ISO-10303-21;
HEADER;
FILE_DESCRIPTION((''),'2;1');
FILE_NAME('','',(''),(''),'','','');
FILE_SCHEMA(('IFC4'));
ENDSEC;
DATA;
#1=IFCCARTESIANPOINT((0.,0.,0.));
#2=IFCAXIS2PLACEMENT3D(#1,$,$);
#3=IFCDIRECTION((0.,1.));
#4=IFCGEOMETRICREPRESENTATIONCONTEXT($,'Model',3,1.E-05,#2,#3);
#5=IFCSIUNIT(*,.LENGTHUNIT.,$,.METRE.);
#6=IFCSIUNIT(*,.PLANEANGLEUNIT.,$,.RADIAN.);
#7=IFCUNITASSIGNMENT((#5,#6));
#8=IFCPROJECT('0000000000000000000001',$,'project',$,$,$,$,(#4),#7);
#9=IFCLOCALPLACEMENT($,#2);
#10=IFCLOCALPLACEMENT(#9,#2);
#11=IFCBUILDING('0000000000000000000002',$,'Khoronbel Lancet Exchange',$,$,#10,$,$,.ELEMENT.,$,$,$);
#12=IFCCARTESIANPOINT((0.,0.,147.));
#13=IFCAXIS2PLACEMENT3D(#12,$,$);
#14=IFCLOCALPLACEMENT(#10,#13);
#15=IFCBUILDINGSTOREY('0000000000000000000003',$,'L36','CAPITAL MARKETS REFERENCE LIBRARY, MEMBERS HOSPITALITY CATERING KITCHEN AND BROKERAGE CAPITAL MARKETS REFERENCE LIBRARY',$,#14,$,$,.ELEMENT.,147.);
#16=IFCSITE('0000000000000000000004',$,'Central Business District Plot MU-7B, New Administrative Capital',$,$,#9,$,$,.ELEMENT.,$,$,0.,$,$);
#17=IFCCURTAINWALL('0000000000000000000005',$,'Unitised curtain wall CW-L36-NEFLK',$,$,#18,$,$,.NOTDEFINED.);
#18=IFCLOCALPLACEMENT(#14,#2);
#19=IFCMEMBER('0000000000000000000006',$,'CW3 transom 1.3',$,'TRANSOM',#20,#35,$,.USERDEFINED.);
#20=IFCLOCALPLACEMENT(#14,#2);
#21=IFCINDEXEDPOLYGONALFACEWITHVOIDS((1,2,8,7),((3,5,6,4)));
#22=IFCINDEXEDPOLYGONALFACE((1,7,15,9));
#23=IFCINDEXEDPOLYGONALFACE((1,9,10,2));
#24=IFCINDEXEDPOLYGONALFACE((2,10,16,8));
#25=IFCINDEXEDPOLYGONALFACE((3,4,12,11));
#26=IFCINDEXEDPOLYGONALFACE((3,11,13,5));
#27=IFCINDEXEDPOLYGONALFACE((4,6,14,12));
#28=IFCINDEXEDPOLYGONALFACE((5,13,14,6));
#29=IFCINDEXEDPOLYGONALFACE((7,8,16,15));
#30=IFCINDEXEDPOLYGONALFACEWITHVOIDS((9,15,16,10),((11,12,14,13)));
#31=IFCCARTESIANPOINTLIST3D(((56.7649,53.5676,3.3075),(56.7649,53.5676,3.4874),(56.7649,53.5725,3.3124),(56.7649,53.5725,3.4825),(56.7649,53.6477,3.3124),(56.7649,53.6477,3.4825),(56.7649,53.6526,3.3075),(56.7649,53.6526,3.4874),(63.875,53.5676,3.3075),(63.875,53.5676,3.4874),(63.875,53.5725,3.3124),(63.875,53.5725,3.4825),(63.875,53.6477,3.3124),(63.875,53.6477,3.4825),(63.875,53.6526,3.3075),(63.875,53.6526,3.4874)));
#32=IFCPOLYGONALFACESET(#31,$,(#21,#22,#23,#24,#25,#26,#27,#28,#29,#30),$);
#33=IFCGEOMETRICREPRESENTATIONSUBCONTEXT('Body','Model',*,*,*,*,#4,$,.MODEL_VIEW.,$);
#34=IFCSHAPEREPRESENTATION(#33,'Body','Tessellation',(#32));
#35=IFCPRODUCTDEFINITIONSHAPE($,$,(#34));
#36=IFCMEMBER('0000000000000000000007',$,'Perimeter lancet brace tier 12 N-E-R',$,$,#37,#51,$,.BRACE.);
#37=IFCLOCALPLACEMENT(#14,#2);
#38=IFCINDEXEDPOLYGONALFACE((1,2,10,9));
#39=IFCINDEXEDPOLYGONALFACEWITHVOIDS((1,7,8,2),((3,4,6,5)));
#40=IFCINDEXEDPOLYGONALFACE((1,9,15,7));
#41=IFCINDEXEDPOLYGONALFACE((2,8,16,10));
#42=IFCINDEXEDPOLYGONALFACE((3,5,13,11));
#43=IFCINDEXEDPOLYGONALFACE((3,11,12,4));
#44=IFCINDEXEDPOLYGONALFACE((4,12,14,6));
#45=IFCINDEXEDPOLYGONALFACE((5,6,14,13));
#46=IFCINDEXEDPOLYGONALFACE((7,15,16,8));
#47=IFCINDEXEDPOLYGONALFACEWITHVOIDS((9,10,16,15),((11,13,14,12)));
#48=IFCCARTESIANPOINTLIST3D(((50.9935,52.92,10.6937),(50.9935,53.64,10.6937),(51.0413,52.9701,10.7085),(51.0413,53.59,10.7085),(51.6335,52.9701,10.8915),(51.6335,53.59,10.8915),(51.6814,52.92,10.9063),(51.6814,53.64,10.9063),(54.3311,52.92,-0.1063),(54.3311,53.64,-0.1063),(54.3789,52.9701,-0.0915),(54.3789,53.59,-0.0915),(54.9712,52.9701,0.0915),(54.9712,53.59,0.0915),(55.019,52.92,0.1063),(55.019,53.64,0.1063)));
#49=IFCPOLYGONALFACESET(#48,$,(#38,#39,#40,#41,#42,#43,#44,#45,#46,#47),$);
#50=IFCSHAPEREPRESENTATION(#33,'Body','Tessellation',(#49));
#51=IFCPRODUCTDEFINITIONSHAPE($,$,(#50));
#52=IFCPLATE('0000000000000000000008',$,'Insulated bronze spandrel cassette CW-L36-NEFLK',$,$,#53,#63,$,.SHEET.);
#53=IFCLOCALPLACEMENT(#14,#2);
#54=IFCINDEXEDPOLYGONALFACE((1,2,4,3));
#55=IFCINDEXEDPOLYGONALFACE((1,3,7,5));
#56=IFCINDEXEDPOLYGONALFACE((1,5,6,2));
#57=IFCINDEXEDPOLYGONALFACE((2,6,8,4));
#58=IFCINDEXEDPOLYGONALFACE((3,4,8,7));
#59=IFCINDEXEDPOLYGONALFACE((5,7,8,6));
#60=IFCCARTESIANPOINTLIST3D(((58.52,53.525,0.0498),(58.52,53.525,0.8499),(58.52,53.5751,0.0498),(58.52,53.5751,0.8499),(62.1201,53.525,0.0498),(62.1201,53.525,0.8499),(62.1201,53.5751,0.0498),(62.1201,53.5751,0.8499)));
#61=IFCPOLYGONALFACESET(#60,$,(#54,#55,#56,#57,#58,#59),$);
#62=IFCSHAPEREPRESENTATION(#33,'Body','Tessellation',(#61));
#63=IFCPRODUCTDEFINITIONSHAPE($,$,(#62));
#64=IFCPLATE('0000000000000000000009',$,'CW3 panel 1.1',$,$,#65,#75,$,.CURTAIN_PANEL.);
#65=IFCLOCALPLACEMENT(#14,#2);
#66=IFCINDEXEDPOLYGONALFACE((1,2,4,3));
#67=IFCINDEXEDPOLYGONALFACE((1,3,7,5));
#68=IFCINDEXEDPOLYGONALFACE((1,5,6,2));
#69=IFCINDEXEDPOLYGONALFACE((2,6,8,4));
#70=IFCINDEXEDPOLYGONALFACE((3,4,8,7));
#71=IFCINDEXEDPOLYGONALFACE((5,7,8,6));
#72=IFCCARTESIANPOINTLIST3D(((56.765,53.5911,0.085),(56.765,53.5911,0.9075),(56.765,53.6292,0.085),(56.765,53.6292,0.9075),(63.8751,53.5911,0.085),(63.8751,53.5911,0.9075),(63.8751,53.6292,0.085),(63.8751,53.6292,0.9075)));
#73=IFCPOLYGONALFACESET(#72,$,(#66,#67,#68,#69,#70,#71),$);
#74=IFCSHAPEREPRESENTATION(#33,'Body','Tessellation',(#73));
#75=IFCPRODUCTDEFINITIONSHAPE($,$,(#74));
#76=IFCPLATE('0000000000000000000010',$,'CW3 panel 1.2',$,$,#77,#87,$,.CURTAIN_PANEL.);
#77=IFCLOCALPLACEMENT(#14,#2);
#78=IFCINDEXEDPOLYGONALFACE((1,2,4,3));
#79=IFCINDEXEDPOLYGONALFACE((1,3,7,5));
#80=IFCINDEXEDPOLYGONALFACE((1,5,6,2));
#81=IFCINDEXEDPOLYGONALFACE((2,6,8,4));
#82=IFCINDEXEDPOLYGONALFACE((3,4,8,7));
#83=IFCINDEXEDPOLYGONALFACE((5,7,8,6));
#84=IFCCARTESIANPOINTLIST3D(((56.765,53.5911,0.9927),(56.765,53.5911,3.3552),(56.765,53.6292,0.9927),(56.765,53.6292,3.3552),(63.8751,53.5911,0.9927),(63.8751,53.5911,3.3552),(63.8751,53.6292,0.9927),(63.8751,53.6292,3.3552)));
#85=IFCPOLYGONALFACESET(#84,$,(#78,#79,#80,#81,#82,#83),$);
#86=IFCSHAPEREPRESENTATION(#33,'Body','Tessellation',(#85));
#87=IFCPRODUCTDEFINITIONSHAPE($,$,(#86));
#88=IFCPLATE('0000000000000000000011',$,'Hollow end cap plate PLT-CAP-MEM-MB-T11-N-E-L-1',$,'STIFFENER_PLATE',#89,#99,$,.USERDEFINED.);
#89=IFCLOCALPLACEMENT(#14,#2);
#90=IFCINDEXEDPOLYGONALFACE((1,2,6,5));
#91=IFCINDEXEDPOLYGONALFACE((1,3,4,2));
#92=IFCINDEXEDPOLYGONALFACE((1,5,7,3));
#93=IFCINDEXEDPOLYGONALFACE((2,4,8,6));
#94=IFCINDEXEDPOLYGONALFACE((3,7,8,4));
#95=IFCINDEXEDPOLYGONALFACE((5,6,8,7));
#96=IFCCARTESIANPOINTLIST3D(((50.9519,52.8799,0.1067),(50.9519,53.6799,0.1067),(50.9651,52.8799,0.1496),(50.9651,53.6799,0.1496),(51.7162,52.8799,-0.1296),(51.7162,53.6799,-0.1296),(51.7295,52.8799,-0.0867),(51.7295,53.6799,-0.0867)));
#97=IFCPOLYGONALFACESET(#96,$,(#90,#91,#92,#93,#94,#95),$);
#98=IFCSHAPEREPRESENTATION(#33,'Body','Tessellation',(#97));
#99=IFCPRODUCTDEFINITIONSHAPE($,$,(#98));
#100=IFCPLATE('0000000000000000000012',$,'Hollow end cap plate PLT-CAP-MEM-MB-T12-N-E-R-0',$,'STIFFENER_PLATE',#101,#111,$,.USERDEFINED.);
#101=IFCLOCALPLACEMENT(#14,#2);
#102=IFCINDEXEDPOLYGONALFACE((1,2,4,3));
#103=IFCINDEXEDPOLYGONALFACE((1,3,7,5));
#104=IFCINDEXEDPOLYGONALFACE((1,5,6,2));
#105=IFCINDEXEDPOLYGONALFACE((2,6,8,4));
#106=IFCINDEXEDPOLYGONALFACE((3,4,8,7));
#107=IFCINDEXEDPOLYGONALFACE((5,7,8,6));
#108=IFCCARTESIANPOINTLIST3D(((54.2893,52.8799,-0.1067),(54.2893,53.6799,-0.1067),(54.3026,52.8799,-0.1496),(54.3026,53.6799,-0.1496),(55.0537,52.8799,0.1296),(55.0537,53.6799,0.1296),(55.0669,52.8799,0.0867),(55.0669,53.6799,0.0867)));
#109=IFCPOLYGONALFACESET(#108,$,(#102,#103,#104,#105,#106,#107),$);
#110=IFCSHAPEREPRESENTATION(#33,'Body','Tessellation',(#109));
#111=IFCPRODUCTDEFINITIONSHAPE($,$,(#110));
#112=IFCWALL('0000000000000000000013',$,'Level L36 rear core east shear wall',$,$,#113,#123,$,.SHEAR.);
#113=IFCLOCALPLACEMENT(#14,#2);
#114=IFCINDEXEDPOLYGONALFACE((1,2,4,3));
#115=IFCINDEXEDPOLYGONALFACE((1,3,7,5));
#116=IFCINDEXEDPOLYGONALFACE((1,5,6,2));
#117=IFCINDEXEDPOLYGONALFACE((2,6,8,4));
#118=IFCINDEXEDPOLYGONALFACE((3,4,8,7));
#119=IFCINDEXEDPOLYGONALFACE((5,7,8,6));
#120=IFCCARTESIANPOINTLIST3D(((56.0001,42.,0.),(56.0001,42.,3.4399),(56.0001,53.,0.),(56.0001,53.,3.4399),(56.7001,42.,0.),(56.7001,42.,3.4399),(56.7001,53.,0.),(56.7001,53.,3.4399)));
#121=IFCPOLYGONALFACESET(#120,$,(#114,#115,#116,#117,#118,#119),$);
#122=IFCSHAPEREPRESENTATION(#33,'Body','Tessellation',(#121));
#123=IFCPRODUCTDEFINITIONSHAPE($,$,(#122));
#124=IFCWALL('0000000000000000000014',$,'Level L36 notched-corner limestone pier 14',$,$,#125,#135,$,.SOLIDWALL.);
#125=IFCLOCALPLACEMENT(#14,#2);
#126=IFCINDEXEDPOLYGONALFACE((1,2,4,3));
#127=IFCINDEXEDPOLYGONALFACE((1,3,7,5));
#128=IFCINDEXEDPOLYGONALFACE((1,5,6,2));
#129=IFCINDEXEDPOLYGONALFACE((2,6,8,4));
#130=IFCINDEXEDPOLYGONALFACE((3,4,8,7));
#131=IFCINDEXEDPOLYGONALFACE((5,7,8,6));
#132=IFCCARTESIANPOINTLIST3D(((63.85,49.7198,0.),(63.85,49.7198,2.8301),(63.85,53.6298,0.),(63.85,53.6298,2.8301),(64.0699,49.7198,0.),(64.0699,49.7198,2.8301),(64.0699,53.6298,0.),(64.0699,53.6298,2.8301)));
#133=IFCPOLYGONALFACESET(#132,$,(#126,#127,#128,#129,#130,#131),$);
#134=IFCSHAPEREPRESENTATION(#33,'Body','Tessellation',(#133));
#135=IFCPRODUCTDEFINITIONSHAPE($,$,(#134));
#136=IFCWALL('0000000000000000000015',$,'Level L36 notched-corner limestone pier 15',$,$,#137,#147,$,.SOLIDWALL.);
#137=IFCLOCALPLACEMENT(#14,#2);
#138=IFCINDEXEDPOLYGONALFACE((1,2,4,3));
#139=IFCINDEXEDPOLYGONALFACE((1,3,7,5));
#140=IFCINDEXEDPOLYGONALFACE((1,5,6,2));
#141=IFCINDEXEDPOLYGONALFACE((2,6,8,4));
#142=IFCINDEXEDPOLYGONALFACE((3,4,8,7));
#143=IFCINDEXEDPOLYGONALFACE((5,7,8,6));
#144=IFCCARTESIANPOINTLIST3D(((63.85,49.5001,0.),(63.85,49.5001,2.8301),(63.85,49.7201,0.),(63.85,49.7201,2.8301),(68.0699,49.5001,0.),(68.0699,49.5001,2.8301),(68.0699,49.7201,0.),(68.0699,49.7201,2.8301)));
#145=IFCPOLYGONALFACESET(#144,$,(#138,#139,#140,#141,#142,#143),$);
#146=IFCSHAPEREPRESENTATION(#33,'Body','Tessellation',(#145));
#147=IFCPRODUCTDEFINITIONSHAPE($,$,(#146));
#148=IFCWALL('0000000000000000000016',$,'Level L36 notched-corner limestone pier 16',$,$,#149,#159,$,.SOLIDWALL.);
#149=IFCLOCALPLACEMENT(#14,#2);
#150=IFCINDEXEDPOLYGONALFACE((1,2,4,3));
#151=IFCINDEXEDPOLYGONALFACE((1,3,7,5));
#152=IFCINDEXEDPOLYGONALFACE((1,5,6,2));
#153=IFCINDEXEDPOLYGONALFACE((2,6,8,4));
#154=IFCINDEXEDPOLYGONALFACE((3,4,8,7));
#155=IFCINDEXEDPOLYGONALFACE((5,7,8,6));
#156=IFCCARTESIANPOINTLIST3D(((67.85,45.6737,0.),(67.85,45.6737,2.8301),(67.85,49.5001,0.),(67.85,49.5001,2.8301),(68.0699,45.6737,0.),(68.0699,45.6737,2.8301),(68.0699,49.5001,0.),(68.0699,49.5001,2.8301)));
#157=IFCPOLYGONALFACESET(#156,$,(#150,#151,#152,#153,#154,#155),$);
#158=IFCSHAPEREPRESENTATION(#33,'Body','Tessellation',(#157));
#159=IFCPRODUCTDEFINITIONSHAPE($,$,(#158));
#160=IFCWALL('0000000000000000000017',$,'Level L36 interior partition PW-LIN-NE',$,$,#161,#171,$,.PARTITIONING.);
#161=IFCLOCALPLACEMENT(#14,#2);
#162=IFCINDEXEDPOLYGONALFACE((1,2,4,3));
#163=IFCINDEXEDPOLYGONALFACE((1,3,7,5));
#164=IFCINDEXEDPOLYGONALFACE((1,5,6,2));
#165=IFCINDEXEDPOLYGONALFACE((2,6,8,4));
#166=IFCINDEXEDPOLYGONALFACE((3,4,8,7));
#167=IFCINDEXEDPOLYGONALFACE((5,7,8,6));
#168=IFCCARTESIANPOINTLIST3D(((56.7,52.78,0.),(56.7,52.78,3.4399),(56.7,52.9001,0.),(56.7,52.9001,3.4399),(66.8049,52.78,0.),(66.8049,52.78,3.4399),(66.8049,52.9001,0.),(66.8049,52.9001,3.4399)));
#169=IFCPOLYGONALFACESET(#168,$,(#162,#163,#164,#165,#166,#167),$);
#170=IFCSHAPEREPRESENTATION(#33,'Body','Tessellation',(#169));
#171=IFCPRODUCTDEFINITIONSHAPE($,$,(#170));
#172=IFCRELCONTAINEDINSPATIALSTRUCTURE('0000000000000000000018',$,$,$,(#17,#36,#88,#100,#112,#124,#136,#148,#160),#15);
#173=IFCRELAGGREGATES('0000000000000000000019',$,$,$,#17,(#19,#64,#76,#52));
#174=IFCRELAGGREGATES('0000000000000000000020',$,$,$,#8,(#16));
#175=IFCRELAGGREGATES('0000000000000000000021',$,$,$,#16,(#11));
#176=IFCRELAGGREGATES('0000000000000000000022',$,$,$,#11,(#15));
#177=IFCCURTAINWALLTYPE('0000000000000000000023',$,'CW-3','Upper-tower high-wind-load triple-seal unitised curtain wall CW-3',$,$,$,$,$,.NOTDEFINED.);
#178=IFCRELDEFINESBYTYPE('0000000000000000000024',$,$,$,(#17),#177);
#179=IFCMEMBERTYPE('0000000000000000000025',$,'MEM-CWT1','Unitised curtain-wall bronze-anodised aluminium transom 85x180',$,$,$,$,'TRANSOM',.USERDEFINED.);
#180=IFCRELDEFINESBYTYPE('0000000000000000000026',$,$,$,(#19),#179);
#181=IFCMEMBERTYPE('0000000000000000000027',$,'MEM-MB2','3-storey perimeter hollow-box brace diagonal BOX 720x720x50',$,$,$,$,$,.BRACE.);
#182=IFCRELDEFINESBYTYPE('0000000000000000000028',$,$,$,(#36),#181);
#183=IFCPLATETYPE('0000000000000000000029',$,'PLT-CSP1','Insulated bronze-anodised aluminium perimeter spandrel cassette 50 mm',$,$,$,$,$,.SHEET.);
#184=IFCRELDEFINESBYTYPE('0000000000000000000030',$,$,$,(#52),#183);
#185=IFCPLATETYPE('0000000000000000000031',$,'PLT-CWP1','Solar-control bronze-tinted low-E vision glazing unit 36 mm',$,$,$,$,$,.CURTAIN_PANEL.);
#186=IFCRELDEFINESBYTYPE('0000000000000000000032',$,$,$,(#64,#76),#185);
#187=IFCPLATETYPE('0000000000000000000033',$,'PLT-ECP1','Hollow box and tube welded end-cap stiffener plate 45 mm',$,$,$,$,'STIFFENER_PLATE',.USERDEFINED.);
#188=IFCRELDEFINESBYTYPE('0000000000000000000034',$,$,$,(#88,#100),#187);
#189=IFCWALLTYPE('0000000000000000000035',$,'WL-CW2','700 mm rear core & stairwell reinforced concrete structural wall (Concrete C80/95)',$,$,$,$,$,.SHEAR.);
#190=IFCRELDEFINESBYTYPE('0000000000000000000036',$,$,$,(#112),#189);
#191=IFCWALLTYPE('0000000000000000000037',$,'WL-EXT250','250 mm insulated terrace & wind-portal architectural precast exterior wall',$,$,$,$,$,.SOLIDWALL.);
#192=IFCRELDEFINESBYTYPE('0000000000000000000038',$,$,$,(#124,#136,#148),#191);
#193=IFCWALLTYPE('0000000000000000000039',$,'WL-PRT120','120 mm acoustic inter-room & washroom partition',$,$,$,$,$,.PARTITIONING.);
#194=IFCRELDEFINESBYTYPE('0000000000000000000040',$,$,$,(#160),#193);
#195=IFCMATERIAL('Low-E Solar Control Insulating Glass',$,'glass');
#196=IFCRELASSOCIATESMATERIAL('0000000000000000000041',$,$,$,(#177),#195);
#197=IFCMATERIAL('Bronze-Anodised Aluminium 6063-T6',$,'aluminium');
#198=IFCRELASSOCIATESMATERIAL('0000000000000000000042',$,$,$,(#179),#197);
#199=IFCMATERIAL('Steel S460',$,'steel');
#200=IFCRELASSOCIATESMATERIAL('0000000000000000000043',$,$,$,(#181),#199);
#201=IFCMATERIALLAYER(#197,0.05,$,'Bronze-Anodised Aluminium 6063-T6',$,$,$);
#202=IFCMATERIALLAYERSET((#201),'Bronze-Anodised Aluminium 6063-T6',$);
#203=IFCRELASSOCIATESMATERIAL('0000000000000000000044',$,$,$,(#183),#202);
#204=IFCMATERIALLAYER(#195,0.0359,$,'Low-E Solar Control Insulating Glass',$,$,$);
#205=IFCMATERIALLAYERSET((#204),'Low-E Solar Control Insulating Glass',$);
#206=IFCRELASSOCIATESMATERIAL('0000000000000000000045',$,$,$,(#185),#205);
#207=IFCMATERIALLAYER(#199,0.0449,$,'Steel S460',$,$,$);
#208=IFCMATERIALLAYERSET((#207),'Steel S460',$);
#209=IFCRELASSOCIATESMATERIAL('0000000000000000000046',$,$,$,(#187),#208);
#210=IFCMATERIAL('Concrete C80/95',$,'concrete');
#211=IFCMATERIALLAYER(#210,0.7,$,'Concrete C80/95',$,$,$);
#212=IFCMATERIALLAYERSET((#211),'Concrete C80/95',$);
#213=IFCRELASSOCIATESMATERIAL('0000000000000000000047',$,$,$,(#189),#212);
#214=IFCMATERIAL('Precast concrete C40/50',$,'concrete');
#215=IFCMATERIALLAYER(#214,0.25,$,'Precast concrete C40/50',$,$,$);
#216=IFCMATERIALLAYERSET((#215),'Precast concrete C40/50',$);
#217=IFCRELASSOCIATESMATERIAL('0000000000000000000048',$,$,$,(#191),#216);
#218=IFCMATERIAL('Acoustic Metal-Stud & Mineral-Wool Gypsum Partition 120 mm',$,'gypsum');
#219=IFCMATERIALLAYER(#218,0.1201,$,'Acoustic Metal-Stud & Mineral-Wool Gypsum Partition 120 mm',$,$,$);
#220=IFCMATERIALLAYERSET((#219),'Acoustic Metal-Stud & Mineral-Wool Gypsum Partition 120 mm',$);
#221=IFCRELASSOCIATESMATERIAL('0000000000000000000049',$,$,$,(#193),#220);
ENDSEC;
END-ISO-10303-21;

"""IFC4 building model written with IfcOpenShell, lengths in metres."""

from ifc_helpers import new_model, si_unit, direction, frame, frame_2d, origin, origin_2d, place, context, subcontext, project, spatial, polyline, rectangle, hollow_rectangle, outline, extrude, material, layer, layer_set, material_profile, profile_set, type_object, element, aggregate, save


model = new_model("IFC4")

# Units and contexts
model_context = context("Model", 3, precision=1e-05, world=origin(), true_north=direction((0.0, 1.0)))
body_context = subcontext(model_context, "Body", "Model", "MODEL_VIEW")
ifc_project = project(units=[si_unit("LENGTHUNIT", "METRE"), si_unit("PLANEANGLEUNIT", "RADIAN")], contexts=[model_context])

# Site, building, storey
site_placement = place(None, origin())
site = spatial("IfcSite", under=ifc_project, at=site_placement, Name="Central Business District Plot MU-7B, New Administrative Capital", CompositionType="ELEMENT", RefElevation=0.0)
building_placement = place(site_placement, origin())
building = spatial("IfcBuilding", under=site, at=building_placement, Name="Khoronbel Lancet Exchange", CompositionType="ELEMENT")
storey_placement = place(building_placement, frame((0.0, 0.0, 147.0)))
storey = spatial("IfcBuildingStorey", under=building, at=storey_placement, Name="L36", Description="CAPITAL MARKETS REFERENCE LIBRARY, MEMBERS HOSPITALITY CATERING KITCHEN AND BROKERAGE CAPITAL MARKETS REFERENCE LIBRARY", CompositionType="ELEMENT", Elevation=147.0)

# Shared definitions
ifc_material_1 = material(Name="Steel S460", Category="steel")

# Curtain wall, member
ifc_material_2 = material(Name="Low-E Solar Control Insulating Glass", Category="glass")
curtain_wall_type = type_object("IfcCurtainWallType", Name="CW-3", Description="Upper-tower high-wind-load triple-seal unitised curtain wall CW-3", PredefinedType="NOTDEFINED", material=ifc_material_2)
curtain_wall_placement = place(storey_placement, origin())
curtain_wall = element("IfcCurtainWall", 1, at=curtain_wall_placement, inside=storey, type_object=curtain_wall_type, Name="Unitised curtain wall CW-L36-NEFLK", PredefinedType="NOTDEFINED")
ifc_material_3 = material(Name="Bronze-Anodised Aluminium 6063-T6", Category="aluminium")
ifc_material_profile_1 = material_profile(ifc_material_3, hollow_rectangle(XDim=0.085, YDim=0.1799, WallThickness=0.0049, at=origin_2d()), Name="ALU TRANSOM 85x180")
ifc_profile_set_1 = profile_set([ifc_material_profile_1], Name="Bronze-Anodised Aluminium 6063-T6")
member_type_1 = type_object("IfcMemberType", Name="MEM-CWT1", Description="Unitised curtain-wall bronze-anodised aluminium transom 85x180", ElementType="TRANSOM", PredefinedType="USERDEFINED", material=ifc_profile_set_1)
member_1_placement = place(storey_placement, frame((63.875, 53.6101, 3.3975), z_axis=(-1.0, 0.0, 0.0), x_axis=(0.0, -1.0, 0.0)))
member_1 = element("IfcMember", 2, at=member_1_placement, type_object=member_type_1, Name="CW3 transom 1.3", ObjectType="TRANSOM", PredefinedType="USERDEFINED", context=body_context, shape_type="SweptSolid", body=[
    extrude(hollow_rectangle(XDim=0.085, YDim=0.1799, WallThickness=0.0049, at=origin_2d()), origin(), (0.0, 0.0, 1.0), 7.1101),
])

# Member
ifc_material_profile_2 = material_profile(ifc_material_1, hollow_rectangle(XDim=0.72, YDim=0.72, WallThickness=0.05, at=origin_2d()), Name="BOX 720x720x50")
ifc_profile_set_2 = profile_set([ifc_material_profile_2], Name="Steel S460")
member_type_2 = type_object("IfcMemberType", Name="MEM-MB2", Description="3-storey perimeter hollow-box brace diagonal BOX 720x720x50", PredefinedType="BRACE", material=ifc_profile_set_2)
member_2_placement = place(storey_placement, frame((54.675, 53.28, 0.0), z_axis=(-0.295262, 0.0, 0.955416), x_axis=(0.0, -1.0, 0.0)))
element("IfcMember", 3, at=member_2_placement, inside=storey, type_object=member_type_2, Name="Perimeter lancet brace tier 12 N-E-R", PredefinedType="BRACE", context=body_context, shape_type="SweptSolid", body=[
    extrude(hollow_rectangle(XDim=0.72, YDim=0.72, WallThickness=0.05, at=origin_2d()), origin(), (0.0, 0.0, 1.0), 11.304),
])

# Plates
ifc_layer_1 = layer(ifc_material_3, 0.05, Name="Bronze-Anodised Aluminium 6063-T6")
ifc_layer_set_1 = layer_set([ifc_layer_1], Name="Bronze-Anodised Aluminium 6063-T6")
plate_type_1 = type_object("IfcPlateType", Name="PLT-CSP1", Description="Insulated bronze-anodised aluminium perimeter spandrel cassette 50 mm", PredefinedType="SHEET", material=ifc_layer_set_1)
plate_1_placement = place(storey_placement, frame((60.3201, 53.55, 0.0498), z_axis=(0.0, 0.0, 1.0), x_axis=(-1.0, 0.0, 0.0)))
plate_1 = element("IfcPlate", 4, at=plate_1_placement, type_object=plate_type_1, Name="Insulated bronze spandrel cassette CW-L36-NEFLK", PredefinedType="SHEET", context=body_context, shape_type="SweptSolid", body=[
    extrude(rectangle(XDim=3.6001, YDim=0.05, at=origin_2d()), origin(), (0.0, 0.0, 1.0), 0.8),
])
ifc_layer_2 = layer(ifc_material_2, 0.0359, Name="Low-E Solar Control Insulating Glass")
ifc_layer_set_2 = layer_set([ifc_layer_2], Name="Low-E Solar Control Insulating Glass")
plate_type_2 = type_object("IfcPlateType", Name="PLT-CWP1", Description="Solar-control bronze-tinted low-E vision glazing unit 36 mm", PredefinedType="CURTAIN_PANEL", material=ifc_layer_set_2)
plate_2_placement = place(storey_placement, frame((60.3201, 53.6101, 0.085), z_axis=(0.0, 0.0, 1.0), x_axis=(-1.0, 0.0, 0.0)))
plate_2 = element("IfcPlate", 5, at=plate_2_placement, type_object=plate_type_2, Name="CW3 panel 1.1", PredefinedType="CURTAIN_PANEL", context=body_context, shape_type="SweptSolid", body=[
    extrude(rectangle(XDim=7.1101, YDim=0.0381, at=origin_2d()), origin(), (0.0, 0.0, 1.0), 0.8225),
])
plate_3_placement = place(storey_placement, frame((60.3201, 53.6101, 0.9927), z_axis=(0.0, 0.0, 1.0), x_axis=(-1.0, 0.0, 0.0)))
plate_3 = element("IfcPlate", 6, at=plate_3_placement, type_object=plate_type_2, Name="CW3 panel 1.2", PredefinedType="CURTAIN_PANEL", context=body_context, shape_type="SweptSolid", body=[
    extrude(rectangle(XDim=7.1101, YDim=0.0381, at=origin_2d()), origin(), (0.0, 0.0, 1.0), 2.3625),
])
aggregate(curtain_wall, [member_1, plate_2, plate_3, plate_1])

# Plates
ifc_layer_3 = layer(ifc_material_1, 0.0449, Name="Steel S460")
ifc_layer_set_3 = layer_set([ifc_layer_3], Name="Steel S460")
plate_type_3 = type_object("IfcPlateType", Name="PLT-ECP1", Description="Hollow box and tube welded end-cap stiffener plate 45 mm", ElementType="STIFFENER_PLATE", PredefinedType="USERDEFINED", material=ifc_layer_set_3)
for number, where, z_axis, x_axis, name in (
    (7, (51.7295, 52.8799, -0.0867), (0.295372, 0.0, 0.955382), (0.0, 1.0, 0.0), "Hollow end cap plate PLT-CAP-MEM-MB-T11-N-E-L-1"),
    (8, (54.2893, 53.6799, -0.1067), (-0.295372, 0.0, 0.955382), (0.0, -1.0, 0.0), "Hollow end cap plate PLT-CAP-MEM-MB-T12-N-E-R-0"),
):
    element("IfcPlate", number, at=place(storey_placement, frame(where, z_axis=z_axis, x_axis=x_axis)), inside=storey, type_object=plate_type_3, Name=name, ObjectType="STIFFENER_PLATE", PredefinedType="USERDEFINED", context=body_context, shape_type="SweptSolid", body=[
        extrude(outline(polyline([(0.0, 0.0), (0.8, 0.0), (0.8, 0.8), (0.0, 0.8), (0.0, 0.0)])), origin(), (0.0, 0.0, -1.0), 0.0449),
    ])

# Walls
ifc_material_4 = material(Name="Concrete C80/95", Category="concrete")
ifc_layer_4 = layer(ifc_material_4, 0.7, Name="Concrete C80/95")
ifc_layer_set_4 = layer_set([ifc_layer_4], Name="Concrete C80/95")
wall_type_1 = type_object("IfcWallType", Name="WL-CW2", Description="700 mm rear core & stairwell reinforced concrete structural wall (Concrete C80/95)", PredefinedType="SHEAR", material=ifc_layer_set_4)
wall_1_placement = place(storey_placement, frame((56.3501, 53.0, 0.0), z_axis=(0.0, 0.0, 1.0), x_axis=(0.0, -1.0, 0.0)))
element("IfcWall", 9, at=wall_1_placement, inside=storey, type_object=wall_type_1, Name="Level L36 rear core east shear wall", PredefinedType="SHEAR", context=body_context, shape_type="SweptSolid", body=[
    extrude(rectangle(XDim=11.0, YDim=0.7, at=frame_2d((5.5, 0.0))), origin(), (0.0, 0.0, 1.0), 3.4399),
])
ifc_material_5 = material(Name="Precast concrete C40/50", Category="concrete")
ifc_layer_5 = layer(ifc_material_5, 0.25, Name="Precast concrete C40/50")
ifc_layer_set_5 = layer_set([ifc_layer_5], Name="Precast concrete C40/50")
wall_type_2 = type_object("IfcWallType", Name="WL-EXT250", Description="250 mm insulated terrace & wind-portal architectural precast exterior wall", PredefinedType="SOLIDWALL", material=ifc_layer_set_5)
wall_2_placement = place(storey_placement, frame((63.96, 53.6299, 0.0), z_axis=(0.0, 0.0, 1.0), x_axis=(0.0, -1.0, 0.0)))
element("IfcWall", 10, at=wall_2_placement, inside=storey, type_object=wall_type_2, Name="Level L36 notched-corner limestone pier 14", PredefinedType="SOLIDWALL", context=body_context, shape_type="SweptSolid", body=[
    extrude(rectangle(XDim=3.9099, YDim=0.22, at=frame_2d((1.9551, 0.0))), origin(), (0.0, 0.0, 1.0), 2.8301),
])
wall_3_placement = place(storey_placement, frame((63.8501, 49.6101, 0.0), z_axis=(0.0, 0.0, 1.0), x_axis=(1.0, 0.0, 0.0)))
element("IfcWall", 11, at=wall_3_placement, inside=storey, type_object=wall_type_2, Name="Level L36 notched-corner limestone pier 15", PredefinedType="SOLIDWALL", context=body_context, shape_type="SweptSolid", body=[
    extrude(rectangle(XDim=4.22, YDim=0.22, at=frame_2d((2.1099, 0.0))), origin(), (0.0, 0.0, 1.0), 2.8301),
])
wall_4_placement = place(storey_placement, frame((67.96, 49.5, 0.0), z_axis=(0.0, 0.0, 1.0), x_axis=(0.0, -1.0, 0.0)))
element("IfcWall", 12, at=wall_4_placement, inside=storey, type_object=wall_type_2, Name="Level L36 notched-corner limestone pier 16", PredefinedType="SOLIDWALL", context=body_context, shape_type="SweptSolid", body=[
    extrude(rectangle(XDim=3.8264, YDim=0.22, at=frame_2d((1.9131, 0.0))), origin(), (0.0, 0.0, 1.0), 2.8301),
])
ifc_material_6 = material(Name="Acoustic Metal-Stud & Mineral-Wool Gypsum Partition 120 mm", Category="gypsum")
ifc_layer_6 = layer(ifc_material_6, 0.1201, Name="Acoustic Metal-Stud & Mineral-Wool Gypsum Partition 120 mm")
ifc_layer_set_6 = layer_set([ifc_layer_6], Name="Acoustic Metal-Stud & Mineral-Wool Gypsum Partition 120 mm")
wall_type_3 = type_object("IfcWallType", Name="WL-PRT120", Description="120 mm acoustic inter-room & washroom partition", PredefinedType="PARTITIONING", material=ifc_layer_set_6)
wall_5_placement = place(storey_placement, frame((56.7, 52.8401, 0.0), z_axis=(0.0, 0.0, 1.0), x_axis=(1.0, 0.0, 0.0)))
element("IfcWall", 13, at=wall_5_placement, inside=storey, type_object=wall_type_3, Name="Level L36 interior partition PW-LIN-NE", PredefinedType="PARTITIONING", context=body_context, shape_type="SweptSolid", body=[
    extrude(rectangle(XDim=10.105, YDim=0.1201, at=frame_2d((5.0525, 0.0))), origin(), (0.0, 0.0, 1.0), 3.4399),
])

save(model, "model.ifc")
